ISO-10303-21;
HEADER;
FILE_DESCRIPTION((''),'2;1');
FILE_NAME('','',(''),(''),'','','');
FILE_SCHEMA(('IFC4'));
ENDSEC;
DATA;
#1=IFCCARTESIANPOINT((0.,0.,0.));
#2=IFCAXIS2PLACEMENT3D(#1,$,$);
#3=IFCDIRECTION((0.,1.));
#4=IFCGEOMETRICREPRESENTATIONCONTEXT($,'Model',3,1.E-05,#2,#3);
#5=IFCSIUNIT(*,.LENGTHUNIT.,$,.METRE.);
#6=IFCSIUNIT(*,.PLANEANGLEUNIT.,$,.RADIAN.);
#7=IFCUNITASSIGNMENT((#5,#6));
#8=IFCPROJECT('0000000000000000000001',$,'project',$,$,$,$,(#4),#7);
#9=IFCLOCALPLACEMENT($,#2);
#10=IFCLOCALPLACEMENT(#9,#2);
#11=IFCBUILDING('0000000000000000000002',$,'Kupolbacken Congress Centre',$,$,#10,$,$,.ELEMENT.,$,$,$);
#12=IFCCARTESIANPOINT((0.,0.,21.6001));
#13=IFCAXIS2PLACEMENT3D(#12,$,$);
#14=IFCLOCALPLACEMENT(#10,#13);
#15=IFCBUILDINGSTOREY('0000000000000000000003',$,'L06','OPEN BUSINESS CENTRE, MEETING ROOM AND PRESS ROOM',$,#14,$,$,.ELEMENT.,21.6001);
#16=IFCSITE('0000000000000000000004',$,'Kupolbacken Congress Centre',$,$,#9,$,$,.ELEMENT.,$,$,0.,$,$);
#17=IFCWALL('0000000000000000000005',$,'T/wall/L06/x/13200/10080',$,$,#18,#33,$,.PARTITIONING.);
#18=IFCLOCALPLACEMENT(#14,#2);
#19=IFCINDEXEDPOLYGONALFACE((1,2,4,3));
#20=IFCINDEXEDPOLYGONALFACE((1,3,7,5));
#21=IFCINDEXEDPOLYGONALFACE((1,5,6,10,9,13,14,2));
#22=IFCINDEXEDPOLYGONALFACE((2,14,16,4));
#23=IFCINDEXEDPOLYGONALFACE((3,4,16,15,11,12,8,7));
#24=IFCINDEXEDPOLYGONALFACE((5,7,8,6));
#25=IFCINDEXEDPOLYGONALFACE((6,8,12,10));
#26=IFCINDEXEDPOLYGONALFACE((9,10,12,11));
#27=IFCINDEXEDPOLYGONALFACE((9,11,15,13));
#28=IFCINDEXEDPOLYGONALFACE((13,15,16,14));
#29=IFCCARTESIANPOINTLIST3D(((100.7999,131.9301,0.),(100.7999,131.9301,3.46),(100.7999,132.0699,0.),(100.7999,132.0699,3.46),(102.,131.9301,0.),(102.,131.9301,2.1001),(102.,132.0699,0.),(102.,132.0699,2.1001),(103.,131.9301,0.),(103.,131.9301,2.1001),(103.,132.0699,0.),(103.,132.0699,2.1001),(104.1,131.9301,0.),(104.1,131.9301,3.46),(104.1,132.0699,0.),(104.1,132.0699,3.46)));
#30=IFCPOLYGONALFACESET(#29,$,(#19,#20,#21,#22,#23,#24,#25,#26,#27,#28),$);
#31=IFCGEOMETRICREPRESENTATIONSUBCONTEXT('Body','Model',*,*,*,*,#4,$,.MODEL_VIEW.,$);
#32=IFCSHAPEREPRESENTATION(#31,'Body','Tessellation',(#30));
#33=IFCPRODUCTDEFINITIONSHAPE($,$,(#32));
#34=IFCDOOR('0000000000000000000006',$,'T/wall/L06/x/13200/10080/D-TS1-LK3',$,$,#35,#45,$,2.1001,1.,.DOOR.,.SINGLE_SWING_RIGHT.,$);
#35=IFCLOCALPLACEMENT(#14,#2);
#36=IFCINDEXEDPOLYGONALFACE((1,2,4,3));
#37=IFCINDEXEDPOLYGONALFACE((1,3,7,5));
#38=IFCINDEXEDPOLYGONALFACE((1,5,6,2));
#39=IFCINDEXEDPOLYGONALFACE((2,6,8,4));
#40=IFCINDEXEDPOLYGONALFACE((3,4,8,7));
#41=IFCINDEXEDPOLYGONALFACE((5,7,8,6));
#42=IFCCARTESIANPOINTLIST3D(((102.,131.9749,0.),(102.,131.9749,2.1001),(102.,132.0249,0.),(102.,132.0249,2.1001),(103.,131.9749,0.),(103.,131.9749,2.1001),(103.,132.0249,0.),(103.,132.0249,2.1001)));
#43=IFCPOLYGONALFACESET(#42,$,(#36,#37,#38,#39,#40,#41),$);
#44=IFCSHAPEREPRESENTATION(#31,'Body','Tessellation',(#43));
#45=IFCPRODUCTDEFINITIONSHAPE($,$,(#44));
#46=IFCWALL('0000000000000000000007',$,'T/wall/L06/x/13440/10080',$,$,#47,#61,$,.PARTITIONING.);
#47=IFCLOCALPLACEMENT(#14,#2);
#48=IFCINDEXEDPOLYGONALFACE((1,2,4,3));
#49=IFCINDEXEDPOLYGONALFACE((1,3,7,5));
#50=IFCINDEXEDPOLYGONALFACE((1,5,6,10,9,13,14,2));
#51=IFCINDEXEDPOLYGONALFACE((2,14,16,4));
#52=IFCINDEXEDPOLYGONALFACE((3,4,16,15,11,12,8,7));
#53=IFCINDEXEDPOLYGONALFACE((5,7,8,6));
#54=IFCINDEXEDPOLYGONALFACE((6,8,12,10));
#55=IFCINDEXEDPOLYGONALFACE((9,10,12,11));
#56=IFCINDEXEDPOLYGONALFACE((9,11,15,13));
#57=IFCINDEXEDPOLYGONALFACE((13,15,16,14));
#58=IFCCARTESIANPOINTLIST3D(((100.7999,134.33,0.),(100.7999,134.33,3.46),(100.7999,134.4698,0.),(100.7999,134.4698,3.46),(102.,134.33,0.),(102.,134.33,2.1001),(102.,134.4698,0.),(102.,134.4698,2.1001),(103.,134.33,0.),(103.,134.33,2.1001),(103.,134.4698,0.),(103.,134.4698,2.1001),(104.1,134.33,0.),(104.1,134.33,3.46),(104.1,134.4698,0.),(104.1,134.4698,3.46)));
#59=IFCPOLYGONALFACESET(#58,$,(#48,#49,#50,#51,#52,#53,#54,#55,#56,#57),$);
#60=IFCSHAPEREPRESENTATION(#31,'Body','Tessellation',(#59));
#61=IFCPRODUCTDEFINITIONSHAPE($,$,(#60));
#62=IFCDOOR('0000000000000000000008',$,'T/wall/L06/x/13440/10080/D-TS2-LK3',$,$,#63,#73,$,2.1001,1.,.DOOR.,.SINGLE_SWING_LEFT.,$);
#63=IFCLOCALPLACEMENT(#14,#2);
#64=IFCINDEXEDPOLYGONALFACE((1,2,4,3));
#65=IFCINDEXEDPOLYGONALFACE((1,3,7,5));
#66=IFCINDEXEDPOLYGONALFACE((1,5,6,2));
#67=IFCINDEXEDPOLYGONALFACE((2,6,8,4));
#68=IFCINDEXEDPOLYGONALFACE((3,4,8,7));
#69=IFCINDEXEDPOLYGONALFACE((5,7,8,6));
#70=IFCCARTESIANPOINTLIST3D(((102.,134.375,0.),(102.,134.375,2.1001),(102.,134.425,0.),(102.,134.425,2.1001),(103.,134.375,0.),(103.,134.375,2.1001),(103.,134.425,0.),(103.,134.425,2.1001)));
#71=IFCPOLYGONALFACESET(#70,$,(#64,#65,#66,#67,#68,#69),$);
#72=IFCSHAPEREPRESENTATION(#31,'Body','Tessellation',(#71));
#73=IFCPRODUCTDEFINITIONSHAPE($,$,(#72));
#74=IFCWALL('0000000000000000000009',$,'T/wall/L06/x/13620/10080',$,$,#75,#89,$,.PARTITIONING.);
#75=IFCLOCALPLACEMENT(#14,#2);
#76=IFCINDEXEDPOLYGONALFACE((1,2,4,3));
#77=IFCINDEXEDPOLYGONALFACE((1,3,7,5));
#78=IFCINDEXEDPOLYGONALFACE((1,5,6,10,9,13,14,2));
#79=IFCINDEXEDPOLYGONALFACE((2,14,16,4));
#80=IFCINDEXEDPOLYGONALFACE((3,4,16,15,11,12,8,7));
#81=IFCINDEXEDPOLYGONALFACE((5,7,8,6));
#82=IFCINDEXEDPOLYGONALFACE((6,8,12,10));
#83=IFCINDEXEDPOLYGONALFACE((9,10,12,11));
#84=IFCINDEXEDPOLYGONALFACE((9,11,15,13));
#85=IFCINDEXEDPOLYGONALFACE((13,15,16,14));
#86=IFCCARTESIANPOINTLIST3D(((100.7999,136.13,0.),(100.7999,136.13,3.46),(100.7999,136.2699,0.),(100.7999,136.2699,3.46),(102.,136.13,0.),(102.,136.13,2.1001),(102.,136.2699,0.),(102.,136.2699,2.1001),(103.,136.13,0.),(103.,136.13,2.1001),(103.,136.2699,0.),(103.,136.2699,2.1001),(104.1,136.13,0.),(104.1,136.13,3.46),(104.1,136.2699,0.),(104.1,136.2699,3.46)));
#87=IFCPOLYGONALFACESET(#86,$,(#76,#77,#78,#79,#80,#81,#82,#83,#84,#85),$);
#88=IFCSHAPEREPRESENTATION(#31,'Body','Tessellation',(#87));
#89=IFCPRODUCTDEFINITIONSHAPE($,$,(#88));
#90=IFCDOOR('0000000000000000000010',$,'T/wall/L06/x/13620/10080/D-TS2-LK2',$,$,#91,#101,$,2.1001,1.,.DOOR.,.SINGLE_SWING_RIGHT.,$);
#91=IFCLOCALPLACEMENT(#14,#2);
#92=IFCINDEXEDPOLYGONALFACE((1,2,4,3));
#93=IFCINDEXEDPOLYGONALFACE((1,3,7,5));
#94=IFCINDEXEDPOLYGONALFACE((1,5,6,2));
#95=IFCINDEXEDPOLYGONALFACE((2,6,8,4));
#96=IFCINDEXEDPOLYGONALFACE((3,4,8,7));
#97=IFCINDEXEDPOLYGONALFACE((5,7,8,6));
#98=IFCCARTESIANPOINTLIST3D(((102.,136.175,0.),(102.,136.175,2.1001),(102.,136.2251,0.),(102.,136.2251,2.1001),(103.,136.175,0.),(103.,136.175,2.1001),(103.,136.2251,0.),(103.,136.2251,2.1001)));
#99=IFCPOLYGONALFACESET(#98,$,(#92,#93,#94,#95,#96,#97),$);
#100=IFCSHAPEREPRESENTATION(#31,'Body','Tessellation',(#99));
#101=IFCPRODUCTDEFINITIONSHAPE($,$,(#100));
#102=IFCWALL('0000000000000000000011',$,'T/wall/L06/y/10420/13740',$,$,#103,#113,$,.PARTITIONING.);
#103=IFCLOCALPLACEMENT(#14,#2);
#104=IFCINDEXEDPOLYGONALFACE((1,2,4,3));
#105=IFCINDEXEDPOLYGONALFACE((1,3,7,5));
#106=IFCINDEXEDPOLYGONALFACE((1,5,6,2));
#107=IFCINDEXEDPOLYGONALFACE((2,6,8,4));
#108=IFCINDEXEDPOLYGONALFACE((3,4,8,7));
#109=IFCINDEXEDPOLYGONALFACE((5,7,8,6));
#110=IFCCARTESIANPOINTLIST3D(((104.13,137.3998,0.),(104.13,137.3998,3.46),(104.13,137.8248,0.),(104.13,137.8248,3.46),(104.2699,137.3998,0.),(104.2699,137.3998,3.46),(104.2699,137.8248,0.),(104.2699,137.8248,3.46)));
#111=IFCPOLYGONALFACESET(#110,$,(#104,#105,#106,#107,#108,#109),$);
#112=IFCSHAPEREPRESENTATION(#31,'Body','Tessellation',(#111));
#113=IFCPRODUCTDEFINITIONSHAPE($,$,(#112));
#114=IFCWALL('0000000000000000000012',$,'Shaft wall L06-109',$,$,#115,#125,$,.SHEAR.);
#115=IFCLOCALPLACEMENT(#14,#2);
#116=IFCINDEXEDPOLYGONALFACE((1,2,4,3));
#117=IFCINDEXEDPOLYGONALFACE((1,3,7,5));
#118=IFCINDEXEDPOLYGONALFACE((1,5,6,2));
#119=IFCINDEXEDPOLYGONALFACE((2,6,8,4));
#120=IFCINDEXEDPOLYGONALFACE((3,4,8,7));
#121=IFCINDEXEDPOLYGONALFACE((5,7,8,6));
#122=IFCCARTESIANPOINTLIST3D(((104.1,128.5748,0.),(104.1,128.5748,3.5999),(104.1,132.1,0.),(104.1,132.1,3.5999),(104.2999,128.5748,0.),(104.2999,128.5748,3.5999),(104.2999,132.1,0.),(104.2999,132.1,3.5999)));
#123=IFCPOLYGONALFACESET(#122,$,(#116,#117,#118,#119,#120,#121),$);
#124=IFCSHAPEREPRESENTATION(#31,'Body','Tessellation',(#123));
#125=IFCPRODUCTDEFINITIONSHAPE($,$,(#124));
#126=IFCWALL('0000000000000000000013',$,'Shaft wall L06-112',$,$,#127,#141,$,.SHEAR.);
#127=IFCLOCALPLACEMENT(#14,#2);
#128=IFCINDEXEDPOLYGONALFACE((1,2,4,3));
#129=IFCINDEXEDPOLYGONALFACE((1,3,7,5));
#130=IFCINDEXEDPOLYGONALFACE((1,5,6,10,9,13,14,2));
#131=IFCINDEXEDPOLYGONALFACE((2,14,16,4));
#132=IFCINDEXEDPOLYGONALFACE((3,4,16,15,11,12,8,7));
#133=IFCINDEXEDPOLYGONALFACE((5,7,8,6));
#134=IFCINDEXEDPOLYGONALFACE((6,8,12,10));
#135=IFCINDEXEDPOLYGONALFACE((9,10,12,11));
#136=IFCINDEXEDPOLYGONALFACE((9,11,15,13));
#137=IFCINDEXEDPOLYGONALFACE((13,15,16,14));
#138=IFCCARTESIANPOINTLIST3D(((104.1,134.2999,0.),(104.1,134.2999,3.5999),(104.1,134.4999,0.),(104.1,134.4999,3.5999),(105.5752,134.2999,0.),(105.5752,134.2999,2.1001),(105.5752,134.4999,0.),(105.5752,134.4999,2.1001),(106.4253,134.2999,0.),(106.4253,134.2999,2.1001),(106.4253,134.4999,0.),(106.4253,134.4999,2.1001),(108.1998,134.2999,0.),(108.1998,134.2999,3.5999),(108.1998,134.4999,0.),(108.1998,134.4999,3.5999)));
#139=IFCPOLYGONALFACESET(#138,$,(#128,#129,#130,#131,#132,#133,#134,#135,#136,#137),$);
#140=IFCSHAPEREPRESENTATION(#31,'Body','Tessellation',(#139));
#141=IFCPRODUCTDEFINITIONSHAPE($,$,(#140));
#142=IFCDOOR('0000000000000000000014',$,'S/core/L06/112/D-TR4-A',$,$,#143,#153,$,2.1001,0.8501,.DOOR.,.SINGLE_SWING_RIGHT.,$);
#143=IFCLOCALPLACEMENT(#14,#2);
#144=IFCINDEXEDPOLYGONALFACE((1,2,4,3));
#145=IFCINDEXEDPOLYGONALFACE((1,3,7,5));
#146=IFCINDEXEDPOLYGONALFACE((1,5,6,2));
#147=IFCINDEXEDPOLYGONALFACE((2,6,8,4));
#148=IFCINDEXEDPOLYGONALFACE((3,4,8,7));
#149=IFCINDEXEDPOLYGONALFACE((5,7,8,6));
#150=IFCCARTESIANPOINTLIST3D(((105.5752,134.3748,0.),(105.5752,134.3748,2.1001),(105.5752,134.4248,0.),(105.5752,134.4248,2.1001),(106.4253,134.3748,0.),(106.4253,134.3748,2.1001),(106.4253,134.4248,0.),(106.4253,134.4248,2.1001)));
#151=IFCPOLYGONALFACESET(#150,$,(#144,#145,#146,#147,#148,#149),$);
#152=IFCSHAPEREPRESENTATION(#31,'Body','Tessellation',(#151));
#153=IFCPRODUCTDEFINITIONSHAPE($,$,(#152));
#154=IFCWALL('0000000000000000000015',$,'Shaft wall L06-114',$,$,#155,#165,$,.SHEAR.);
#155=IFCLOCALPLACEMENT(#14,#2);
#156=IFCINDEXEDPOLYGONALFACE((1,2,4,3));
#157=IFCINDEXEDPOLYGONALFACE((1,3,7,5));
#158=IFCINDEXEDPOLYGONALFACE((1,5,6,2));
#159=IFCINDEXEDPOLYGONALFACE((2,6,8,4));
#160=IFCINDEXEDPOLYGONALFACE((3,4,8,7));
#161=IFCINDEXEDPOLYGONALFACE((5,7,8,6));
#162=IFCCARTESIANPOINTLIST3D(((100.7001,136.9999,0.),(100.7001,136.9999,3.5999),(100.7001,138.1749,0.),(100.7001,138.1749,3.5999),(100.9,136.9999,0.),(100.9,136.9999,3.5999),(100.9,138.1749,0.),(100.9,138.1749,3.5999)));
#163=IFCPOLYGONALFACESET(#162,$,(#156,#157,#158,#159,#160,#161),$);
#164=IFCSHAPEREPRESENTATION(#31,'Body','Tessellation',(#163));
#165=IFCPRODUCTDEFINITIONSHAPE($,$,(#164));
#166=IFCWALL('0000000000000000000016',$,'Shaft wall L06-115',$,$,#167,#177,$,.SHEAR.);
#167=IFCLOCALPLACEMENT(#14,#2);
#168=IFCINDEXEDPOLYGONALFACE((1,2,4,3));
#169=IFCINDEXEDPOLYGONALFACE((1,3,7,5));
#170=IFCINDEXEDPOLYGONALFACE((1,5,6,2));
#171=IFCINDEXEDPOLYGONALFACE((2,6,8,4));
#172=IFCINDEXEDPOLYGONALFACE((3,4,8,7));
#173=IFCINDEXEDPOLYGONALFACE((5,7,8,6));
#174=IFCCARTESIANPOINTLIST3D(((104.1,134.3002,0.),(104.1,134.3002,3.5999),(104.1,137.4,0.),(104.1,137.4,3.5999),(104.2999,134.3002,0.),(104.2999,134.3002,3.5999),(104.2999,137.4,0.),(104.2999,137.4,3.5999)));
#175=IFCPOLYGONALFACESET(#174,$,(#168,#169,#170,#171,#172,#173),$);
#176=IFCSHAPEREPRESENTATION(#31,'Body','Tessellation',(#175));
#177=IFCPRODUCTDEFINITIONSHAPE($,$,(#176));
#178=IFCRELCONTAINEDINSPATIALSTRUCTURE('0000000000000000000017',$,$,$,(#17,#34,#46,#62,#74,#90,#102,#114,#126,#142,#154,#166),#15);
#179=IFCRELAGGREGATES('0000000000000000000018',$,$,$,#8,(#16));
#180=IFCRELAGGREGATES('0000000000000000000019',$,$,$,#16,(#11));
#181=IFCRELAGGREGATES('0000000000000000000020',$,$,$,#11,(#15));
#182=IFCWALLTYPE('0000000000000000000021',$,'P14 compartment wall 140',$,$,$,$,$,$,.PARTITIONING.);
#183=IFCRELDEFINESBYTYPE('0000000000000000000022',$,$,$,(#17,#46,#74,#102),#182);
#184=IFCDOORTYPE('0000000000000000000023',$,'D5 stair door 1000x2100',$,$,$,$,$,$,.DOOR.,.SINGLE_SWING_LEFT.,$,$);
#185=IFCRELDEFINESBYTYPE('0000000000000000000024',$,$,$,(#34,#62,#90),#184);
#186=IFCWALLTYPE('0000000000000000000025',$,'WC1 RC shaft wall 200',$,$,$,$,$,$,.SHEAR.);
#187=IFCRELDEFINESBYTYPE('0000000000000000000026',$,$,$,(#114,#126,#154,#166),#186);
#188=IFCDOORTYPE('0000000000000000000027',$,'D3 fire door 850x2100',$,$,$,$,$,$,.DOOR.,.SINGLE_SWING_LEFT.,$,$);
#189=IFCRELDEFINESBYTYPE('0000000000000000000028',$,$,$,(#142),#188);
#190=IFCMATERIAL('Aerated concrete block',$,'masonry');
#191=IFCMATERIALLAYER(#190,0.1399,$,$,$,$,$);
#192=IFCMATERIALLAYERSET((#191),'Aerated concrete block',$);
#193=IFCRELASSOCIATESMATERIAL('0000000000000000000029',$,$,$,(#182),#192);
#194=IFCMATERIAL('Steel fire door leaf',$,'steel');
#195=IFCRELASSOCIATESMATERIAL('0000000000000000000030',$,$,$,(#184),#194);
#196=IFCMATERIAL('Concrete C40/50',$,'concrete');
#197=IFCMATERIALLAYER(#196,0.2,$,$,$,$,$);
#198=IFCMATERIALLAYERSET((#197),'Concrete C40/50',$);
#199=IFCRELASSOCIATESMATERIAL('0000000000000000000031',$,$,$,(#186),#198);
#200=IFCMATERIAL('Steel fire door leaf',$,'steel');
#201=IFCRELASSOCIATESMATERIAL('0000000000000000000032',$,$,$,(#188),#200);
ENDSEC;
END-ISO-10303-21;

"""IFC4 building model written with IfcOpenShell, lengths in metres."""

from ifc_helpers import new_model, si_unit, direction, frame, frame_2d, origin, place, context, subcontext, project, spatial, rectangle, extrude, material, layer, layer_set, type_object, element, fill, save


model = new_model("IFC4")

# Units and contexts
model_context = context("Model", 3, precision=1e-05, world=origin(), true_north=direction((0.0, 1.0)))
body_context = subcontext(model_context, "Body", "Model", "MODEL_VIEW")
ifc_project = project(units=[si_unit("LENGTHUNIT", "METRE"), si_unit("PLANEANGLEUNIT", "RADIAN")], contexts=[model_context])

# Site, building, storey
site_placement = place(None, origin())
site = spatial("IfcSite", under=ifc_project, at=site_placement, Name="Kupolbacken Congress Centre", CompositionType="ELEMENT", RefElevation=0.0)
building_placement = place(site_placement, origin())
building = spatial("IfcBuilding", under=site, at=building_placement, Name="Kupolbacken Congress Centre", CompositionType="ELEMENT")
storey_placement = place(building_placement, frame((0.0, 0.0, 21.6001)))
storey = spatial("IfcBuildingStorey", under=building, at=storey_placement, Name="L06", Description="OPEN BUSINESS CENTRE, MEETING ROOM AND PRESS ROOM", CompositionType="ELEMENT", Elevation=21.6001)

# Walls, openings, doors
ifc_material_1 = material(Name="Aerated concrete block", Category="masonry")
ifc_layer_1 = layer(ifc_material_1, 0.1399)
ifc_layer_set_1 = layer_set([ifc_layer_1], Name="Aerated concrete block")
wall_type_1 = type_object("IfcWallType", Name="P14 compartment wall 140", PredefinedType="PARTITIONING", material=ifc_layer_set_1)
wall_1_placement = place(storey_placement, frame((100.8, 132.0, 0.0), z_axis=(0.0, 0.0, 1.0), x_axis=(1.0, 0.0, 0.0)))
wall_1 = element("IfcWall", 1, at=wall_1_placement, inside=storey, type_object=wall_type_1, Name="T/wall/L06/x/13200/10080", PredefinedType="PARTITIONING", context=body_context, shape_type="SweptSolid", body=[
    extrude(rectangle(XDim=3.3, YDim=0.1399, at=frame_2d((1.6499, 0.0))), origin(), (0.0, 0.0, 1.0), 3.46),
])
opening_1_placement = place(wall_1_placement, frame((1.2, 0.0, 0.0)))
opening_1 = element("IfcOpeningElement", 2, at=opening_1_placement, cuts=wall_1, PredefinedType="OPENING", context=body_context, shape_type="SweptSolid", body=[
    extrude(rectangle(XDim=1.0, YDim=2.1001, at=frame_2d((0.5, 1.05))), frame((0.0, 0.0798, 0.0), z_axis=(0.0, -1.0, 0.0), x_axis=(1.0, 0.0, 0.0)), (0.0, 0.0, 1.0), 0.1599),
])
ifc_material_2 = material(Name="Steel fire door leaf", Category="steel")
door_type_1 = type_object("IfcDoorType", Name="D5 stair door 1000x2100", OperationType="SINGLE_SWING_LEFT", PredefinedType="DOOR", material=ifc_material_2)
door_1_placement = place(opening_1_placement, origin())
door_1 = element("IfcDoor", 3, at=door_1_placement, inside=storey, type_object=door_type_1, Name="T/wall/L06/x/13200/10080/D-TS1-LK3", OperationType="SINGLE_SWING_RIGHT", OverallHeight=2.1001, OverallWidth=1.0, PredefinedType="DOOR", context=body_context, shape_type="SweptSolid", body=[
    extrude(rectangle(XDim=1.0, YDim=2.1001, at=frame_2d((0.5, 1.05))), frame((0.0, 0.0249, 0.0), z_axis=(0.0, -1.0, 0.0), x_axis=(1.0, 0.0, 0.0)), (0.0, 0.0, 1.0), 0.05),
])
fill(opening_1, door_1)
wall_2_placement = place(storey_placement, frame((100.8, 134.3999, 0.0), z_axis=(0.0, 0.0, 1.0), x_axis=(1.0, 0.0, 0.0)))
wall_2 = element("IfcWall", 4, at=wall_2_placement, inside=storey, type_object=wall_type_1, Name="T/wall/L06/x/13440/10080", PredefinedType="PARTITIONING", context=body_context, shape_type="SweptSolid", body=[
    extrude(rectangle(XDim=3.3, YDim=0.1399, at=frame_2d((1.6499, 0.0))), origin(), (0.0, 0.0, 1.0), 3.46),
])
opening_2_placement = place(wall_2_placement, frame((1.2, 0.0, 0.0)))
opening_2 = element("IfcOpeningElement", 5, at=opening_2_placement, cuts=wall_2, PredefinedType="OPENING", context=body_context, shape_type="SweptSolid", body=[
    extrude(rectangle(XDim=1.0, YDim=2.1001, at=frame_2d((0.5, 1.05))), frame((0.0, 0.0798, 0.0), z_axis=(0.0, -1.0, 0.0), x_axis=(1.0, 0.0, 0.0)), (0.0, 0.0, 1.0), 0.1599),
])
door_2_placement = place(opening_2_placement, frame((1.0, 0.0, 0.0), z_axis=(0.0, 0.0, 1.0), x_axis=(-1.0, 0.0, 0.0)))
door_2 = element("IfcDoor", 6, at=door_2_placement, inside=storey, type_object=door_type_1, Name="T/wall/L06/x/13440/10080/D-TS2-LK3", OperationType="SINGLE_SWING_LEFT", OverallHeight=2.1001, OverallWidth=1.0, PredefinedType="DOOR", context=body_context, shape_type="SweptSolid", body=[
    extrude(rectangle(XDim=1.0, YDim=2.1001, at=frame_2d((0.5, 1.05))), frame((0.0, 0.0249, 0.0), z_axis=(0.0, -1.0, 0.0), x_axis=(1.0, 0.0, 0.0)), (0.0, 0.0, 1.0), 0.05),
])
fill(opening_2, door_2)
wall_3_placement = place(storey_placement, frame((100.8, 136.2, 0.0), z_axis=(0.0, 0.0, 1.0), x_axis=(1.0, 0.0, 0.0)))
wall_3 = element("IfcWall", 7, at=wall_3_placement, inside=storey, type_object=wall_type_1, Name="T/wall/L06/x/13620/10080", PredefinedType="PARTITIONING", context=body_context, shape_type="SweptSolid", body=[
    extrude(rectangle(XDim=3.3, YDim=0.1399, at=frame_2d((1.6499, 0.0))), origin(), (0.0, 0.0, 1.0), 3.46),
])
opening_3_placement = place(wall_3_placement, frame((1.2, 0.0, 0.0)))
opening_3 = element("IfcOpeningElement", 8, at=opening_3_placement, cuts=wall_3, PredefinedType="OPENING", context=body_context, shape_type="SweptSolid", body=[
    extrude(rectangle(XDim=1.0, YDim=2.1001, at=frame_2d((0.5, 1.05))), frame((0.0, 0.0798, 0.0), z_axis=(0.0, -1.0, 0.0), x_axis=(1.0, 0.0, 0.0)), (0.0, 0.0, 1.0), 0.1599),
])
door_3_placement = place(opening_3_placement, frame((1.0, 0.0, 0.0), z_axis=(0.0, 0.0, 1.0), x_axis=(-1.0, 0.0, 0.0)))
door_3 = element("IfcDoor", 9, at=door_3_placement, inside=storey, type_object=door_type_1, Name="T/wall/L06/x/13620/10080/D-TS2-LK2", OperationType="SINGLE_SWING_RIGHT", OverallHeight=2.1001, OverallWidth=1.0, PredefinedType="DOOR", context=body_context, shape_type="SweptSolid", body=[
    extrude(rectangle(XDim=1.0, YDim=2.1001, at=frame_2d((0.5, 1.05))), frame((0.0, 0.0249, 0.0), z_axis=(0.0, -1.0, 0.0), x_axis=(1.0, 0.0, 0.0)), (0.0, 0.0, 1.0), 0.05),
])
fill(opening_3, door_3)

# Walls
wall_4_placement = place(storey_placement, frame((104.2, 137.3999, 0.0), z_axis=(0.0, 0.0, 1.0), x_axis=(0.0, 1.0, 0.0)))
element("IfcWall", 10, at=wall_4_placement, inside=storey, type_object=wall_type_1, Name="T/wall/L06/y/10420/13740", PredefinedType="PARTITIONING", context=body_context, shape_type="SweptSolid", body=[
    extrude(rectangle(XDim=0.425, YDim=0.1399, at=frame_2d((0.2124, 0.0))), origin(), (0.0, 0.0, 1.0), 3.46),
])
ifc_material_3 = material(Name="Concrete C40/50", Category="concrete")
ifc_layer_2 = layer(ifc_material_3, 0.2)
ifc_layer_set_2 = layer_set([ifc_layer_2], Name="Concrete C40/50")
wall_type_2 = type_object("IfcWallType", Name="WC1 RC shaft wall 200", PredefinedType="SHEAR", material=ifc_layer_set_2)
wall_5_placement = place(storey_placement, frame((104.2, 132.1001, 0.0), z_axis=(0.0, 0.0, 1.0), x_axis=(0.0, -1.0, 0.0)))
element("IfcWall", 11, at=wall_5_placement, inside=storey, type_object=wall_type_2, Name="Shaft wall L06-109", PredefinedType="SHEAR", context=body_context, shape_type="SweptSolid", body=[
    extrude(rectangle(XDim=3.5251, YDim=0.2, at=frame_2d((1.7627, 0.0))), origin(), (0.0, 0.0, 1.0), 3.5999),
])

# Wall, opening, door
wall_6_placement = place(storey_placement, frame((104.1001, 134.3999, 0.0), z_axis=(0.0, 0.0, 1.0), x_axis=(1.0, 0.0, 0.0)))
wall_6 = element("IfcWall", 12, at=wall_6_placement, inside=storey, type_object=wall_type_2, Name="Shaft wall L06-112", PredefinedType="SHEAR", context=body_context, shape_type="SweptSolid", body=[
    extrude(rectangle(XDim=4.0999, YDim=0.2, at=frame_2d((2.0498, 0.0))), origin(), (0.0, 0.0, 1.0), 3.5999),
])
opening_4_placement = place(wall_6_placement, frame((1.4751, 0.0, 0.0)))
opening_4 = element("IfcOpeningElement", 13, at=opening_4_placement, cuts=wall_6, PredefinedType="OPENING", context=body_context, shape_type="SweptSolid", body=[
    extrude(rectangle(XDim=0.8501, YDim=2.1001, at=frame_2d((0.425, 1.05))), frame((0.0, 0.1099, 0.0), z_axis=(0.0, -1.0, 0.0), x_axis=(1.0, 0.0, 0.0)), (0.0, 0.0, 1.0), 0.22),
])
ifc_material_4 = material(Name="Steel fire door leaf", Category="steel")
door_type_2 = type_object("IfcDoorType", Name="D3 fire door 850x2100", OperationType="SINGLE_SWING_LEFT", PredefinedType="DOOR", material=ifc_material_4)
door_4_placement = place(opening_4_placement, origin())
door_4 = element("IfcDoor", 14, at=door_4_placement, inside=storey, type_object=door_type_2, Name="S/core/L06/112/D-TR4-A", OperationType="SINGLE_SWING_RIGHT", OverallHeight=2.1001, OverallWidth=0.8501, PredefinedType="DOOR", context=body_context, shape_type="SweptSolid", body=[
    extrude(rectangle(XDim=0.8501, YDim=2.1001, at=frame_2d((0.425, 1.05))), frame((0.0, 0.0249, 0.0), z_axis=(0.0, -1.0, 0.0), x_axis=(1.0, 0.0, 0.0)), (0.0, 0.0, 1.0), 0.05),
])
fill(opening_4, door_4)

# Walls
wall_7_placement = place(storey_placement, frame((100.8, 137.0, 0.0), z_axis=(0.0, 0.0, 1.0), x_axis=(0.0, 1.0, 0.0)))
element("IfcWall", 15, at=wall_7_placement, inside=storey, type_object=wall_type_2, Name="Shaft wall L06-114", PredefinedType="SHEAR", context=body_context, shape_type="SweptSolid", body=[
    extrude(rectangle(XDim=1.175, YDim=0.2, at=frame_2d((0.5874, 0.0))), origin(), (0.0, 0.0, 1.0), 3.5999),
])
wall_8_placement = place(storey_placement, frame((104.2, 137.3999, 0.0), z_axis=(0.0, 0.0, 1.0), x_axis=(0.0, -1.0, 0.0)))
element("IfcWall", 16, at=wall_8_placement, inside=storey, type_object=wall_type_2, Name="Shaft wall L06-115", PredefinedType="SHEAR", context=body_context, shape_type="SweptSolid", body=[
    extrude(rectangle(XDim=3.0999, YDim=0.2, at=frame_2d((1.5498, 0.0))), origin(), (0.0, 0.0, 1.0), 3.5999),
])

save(model, "model.ifc")
